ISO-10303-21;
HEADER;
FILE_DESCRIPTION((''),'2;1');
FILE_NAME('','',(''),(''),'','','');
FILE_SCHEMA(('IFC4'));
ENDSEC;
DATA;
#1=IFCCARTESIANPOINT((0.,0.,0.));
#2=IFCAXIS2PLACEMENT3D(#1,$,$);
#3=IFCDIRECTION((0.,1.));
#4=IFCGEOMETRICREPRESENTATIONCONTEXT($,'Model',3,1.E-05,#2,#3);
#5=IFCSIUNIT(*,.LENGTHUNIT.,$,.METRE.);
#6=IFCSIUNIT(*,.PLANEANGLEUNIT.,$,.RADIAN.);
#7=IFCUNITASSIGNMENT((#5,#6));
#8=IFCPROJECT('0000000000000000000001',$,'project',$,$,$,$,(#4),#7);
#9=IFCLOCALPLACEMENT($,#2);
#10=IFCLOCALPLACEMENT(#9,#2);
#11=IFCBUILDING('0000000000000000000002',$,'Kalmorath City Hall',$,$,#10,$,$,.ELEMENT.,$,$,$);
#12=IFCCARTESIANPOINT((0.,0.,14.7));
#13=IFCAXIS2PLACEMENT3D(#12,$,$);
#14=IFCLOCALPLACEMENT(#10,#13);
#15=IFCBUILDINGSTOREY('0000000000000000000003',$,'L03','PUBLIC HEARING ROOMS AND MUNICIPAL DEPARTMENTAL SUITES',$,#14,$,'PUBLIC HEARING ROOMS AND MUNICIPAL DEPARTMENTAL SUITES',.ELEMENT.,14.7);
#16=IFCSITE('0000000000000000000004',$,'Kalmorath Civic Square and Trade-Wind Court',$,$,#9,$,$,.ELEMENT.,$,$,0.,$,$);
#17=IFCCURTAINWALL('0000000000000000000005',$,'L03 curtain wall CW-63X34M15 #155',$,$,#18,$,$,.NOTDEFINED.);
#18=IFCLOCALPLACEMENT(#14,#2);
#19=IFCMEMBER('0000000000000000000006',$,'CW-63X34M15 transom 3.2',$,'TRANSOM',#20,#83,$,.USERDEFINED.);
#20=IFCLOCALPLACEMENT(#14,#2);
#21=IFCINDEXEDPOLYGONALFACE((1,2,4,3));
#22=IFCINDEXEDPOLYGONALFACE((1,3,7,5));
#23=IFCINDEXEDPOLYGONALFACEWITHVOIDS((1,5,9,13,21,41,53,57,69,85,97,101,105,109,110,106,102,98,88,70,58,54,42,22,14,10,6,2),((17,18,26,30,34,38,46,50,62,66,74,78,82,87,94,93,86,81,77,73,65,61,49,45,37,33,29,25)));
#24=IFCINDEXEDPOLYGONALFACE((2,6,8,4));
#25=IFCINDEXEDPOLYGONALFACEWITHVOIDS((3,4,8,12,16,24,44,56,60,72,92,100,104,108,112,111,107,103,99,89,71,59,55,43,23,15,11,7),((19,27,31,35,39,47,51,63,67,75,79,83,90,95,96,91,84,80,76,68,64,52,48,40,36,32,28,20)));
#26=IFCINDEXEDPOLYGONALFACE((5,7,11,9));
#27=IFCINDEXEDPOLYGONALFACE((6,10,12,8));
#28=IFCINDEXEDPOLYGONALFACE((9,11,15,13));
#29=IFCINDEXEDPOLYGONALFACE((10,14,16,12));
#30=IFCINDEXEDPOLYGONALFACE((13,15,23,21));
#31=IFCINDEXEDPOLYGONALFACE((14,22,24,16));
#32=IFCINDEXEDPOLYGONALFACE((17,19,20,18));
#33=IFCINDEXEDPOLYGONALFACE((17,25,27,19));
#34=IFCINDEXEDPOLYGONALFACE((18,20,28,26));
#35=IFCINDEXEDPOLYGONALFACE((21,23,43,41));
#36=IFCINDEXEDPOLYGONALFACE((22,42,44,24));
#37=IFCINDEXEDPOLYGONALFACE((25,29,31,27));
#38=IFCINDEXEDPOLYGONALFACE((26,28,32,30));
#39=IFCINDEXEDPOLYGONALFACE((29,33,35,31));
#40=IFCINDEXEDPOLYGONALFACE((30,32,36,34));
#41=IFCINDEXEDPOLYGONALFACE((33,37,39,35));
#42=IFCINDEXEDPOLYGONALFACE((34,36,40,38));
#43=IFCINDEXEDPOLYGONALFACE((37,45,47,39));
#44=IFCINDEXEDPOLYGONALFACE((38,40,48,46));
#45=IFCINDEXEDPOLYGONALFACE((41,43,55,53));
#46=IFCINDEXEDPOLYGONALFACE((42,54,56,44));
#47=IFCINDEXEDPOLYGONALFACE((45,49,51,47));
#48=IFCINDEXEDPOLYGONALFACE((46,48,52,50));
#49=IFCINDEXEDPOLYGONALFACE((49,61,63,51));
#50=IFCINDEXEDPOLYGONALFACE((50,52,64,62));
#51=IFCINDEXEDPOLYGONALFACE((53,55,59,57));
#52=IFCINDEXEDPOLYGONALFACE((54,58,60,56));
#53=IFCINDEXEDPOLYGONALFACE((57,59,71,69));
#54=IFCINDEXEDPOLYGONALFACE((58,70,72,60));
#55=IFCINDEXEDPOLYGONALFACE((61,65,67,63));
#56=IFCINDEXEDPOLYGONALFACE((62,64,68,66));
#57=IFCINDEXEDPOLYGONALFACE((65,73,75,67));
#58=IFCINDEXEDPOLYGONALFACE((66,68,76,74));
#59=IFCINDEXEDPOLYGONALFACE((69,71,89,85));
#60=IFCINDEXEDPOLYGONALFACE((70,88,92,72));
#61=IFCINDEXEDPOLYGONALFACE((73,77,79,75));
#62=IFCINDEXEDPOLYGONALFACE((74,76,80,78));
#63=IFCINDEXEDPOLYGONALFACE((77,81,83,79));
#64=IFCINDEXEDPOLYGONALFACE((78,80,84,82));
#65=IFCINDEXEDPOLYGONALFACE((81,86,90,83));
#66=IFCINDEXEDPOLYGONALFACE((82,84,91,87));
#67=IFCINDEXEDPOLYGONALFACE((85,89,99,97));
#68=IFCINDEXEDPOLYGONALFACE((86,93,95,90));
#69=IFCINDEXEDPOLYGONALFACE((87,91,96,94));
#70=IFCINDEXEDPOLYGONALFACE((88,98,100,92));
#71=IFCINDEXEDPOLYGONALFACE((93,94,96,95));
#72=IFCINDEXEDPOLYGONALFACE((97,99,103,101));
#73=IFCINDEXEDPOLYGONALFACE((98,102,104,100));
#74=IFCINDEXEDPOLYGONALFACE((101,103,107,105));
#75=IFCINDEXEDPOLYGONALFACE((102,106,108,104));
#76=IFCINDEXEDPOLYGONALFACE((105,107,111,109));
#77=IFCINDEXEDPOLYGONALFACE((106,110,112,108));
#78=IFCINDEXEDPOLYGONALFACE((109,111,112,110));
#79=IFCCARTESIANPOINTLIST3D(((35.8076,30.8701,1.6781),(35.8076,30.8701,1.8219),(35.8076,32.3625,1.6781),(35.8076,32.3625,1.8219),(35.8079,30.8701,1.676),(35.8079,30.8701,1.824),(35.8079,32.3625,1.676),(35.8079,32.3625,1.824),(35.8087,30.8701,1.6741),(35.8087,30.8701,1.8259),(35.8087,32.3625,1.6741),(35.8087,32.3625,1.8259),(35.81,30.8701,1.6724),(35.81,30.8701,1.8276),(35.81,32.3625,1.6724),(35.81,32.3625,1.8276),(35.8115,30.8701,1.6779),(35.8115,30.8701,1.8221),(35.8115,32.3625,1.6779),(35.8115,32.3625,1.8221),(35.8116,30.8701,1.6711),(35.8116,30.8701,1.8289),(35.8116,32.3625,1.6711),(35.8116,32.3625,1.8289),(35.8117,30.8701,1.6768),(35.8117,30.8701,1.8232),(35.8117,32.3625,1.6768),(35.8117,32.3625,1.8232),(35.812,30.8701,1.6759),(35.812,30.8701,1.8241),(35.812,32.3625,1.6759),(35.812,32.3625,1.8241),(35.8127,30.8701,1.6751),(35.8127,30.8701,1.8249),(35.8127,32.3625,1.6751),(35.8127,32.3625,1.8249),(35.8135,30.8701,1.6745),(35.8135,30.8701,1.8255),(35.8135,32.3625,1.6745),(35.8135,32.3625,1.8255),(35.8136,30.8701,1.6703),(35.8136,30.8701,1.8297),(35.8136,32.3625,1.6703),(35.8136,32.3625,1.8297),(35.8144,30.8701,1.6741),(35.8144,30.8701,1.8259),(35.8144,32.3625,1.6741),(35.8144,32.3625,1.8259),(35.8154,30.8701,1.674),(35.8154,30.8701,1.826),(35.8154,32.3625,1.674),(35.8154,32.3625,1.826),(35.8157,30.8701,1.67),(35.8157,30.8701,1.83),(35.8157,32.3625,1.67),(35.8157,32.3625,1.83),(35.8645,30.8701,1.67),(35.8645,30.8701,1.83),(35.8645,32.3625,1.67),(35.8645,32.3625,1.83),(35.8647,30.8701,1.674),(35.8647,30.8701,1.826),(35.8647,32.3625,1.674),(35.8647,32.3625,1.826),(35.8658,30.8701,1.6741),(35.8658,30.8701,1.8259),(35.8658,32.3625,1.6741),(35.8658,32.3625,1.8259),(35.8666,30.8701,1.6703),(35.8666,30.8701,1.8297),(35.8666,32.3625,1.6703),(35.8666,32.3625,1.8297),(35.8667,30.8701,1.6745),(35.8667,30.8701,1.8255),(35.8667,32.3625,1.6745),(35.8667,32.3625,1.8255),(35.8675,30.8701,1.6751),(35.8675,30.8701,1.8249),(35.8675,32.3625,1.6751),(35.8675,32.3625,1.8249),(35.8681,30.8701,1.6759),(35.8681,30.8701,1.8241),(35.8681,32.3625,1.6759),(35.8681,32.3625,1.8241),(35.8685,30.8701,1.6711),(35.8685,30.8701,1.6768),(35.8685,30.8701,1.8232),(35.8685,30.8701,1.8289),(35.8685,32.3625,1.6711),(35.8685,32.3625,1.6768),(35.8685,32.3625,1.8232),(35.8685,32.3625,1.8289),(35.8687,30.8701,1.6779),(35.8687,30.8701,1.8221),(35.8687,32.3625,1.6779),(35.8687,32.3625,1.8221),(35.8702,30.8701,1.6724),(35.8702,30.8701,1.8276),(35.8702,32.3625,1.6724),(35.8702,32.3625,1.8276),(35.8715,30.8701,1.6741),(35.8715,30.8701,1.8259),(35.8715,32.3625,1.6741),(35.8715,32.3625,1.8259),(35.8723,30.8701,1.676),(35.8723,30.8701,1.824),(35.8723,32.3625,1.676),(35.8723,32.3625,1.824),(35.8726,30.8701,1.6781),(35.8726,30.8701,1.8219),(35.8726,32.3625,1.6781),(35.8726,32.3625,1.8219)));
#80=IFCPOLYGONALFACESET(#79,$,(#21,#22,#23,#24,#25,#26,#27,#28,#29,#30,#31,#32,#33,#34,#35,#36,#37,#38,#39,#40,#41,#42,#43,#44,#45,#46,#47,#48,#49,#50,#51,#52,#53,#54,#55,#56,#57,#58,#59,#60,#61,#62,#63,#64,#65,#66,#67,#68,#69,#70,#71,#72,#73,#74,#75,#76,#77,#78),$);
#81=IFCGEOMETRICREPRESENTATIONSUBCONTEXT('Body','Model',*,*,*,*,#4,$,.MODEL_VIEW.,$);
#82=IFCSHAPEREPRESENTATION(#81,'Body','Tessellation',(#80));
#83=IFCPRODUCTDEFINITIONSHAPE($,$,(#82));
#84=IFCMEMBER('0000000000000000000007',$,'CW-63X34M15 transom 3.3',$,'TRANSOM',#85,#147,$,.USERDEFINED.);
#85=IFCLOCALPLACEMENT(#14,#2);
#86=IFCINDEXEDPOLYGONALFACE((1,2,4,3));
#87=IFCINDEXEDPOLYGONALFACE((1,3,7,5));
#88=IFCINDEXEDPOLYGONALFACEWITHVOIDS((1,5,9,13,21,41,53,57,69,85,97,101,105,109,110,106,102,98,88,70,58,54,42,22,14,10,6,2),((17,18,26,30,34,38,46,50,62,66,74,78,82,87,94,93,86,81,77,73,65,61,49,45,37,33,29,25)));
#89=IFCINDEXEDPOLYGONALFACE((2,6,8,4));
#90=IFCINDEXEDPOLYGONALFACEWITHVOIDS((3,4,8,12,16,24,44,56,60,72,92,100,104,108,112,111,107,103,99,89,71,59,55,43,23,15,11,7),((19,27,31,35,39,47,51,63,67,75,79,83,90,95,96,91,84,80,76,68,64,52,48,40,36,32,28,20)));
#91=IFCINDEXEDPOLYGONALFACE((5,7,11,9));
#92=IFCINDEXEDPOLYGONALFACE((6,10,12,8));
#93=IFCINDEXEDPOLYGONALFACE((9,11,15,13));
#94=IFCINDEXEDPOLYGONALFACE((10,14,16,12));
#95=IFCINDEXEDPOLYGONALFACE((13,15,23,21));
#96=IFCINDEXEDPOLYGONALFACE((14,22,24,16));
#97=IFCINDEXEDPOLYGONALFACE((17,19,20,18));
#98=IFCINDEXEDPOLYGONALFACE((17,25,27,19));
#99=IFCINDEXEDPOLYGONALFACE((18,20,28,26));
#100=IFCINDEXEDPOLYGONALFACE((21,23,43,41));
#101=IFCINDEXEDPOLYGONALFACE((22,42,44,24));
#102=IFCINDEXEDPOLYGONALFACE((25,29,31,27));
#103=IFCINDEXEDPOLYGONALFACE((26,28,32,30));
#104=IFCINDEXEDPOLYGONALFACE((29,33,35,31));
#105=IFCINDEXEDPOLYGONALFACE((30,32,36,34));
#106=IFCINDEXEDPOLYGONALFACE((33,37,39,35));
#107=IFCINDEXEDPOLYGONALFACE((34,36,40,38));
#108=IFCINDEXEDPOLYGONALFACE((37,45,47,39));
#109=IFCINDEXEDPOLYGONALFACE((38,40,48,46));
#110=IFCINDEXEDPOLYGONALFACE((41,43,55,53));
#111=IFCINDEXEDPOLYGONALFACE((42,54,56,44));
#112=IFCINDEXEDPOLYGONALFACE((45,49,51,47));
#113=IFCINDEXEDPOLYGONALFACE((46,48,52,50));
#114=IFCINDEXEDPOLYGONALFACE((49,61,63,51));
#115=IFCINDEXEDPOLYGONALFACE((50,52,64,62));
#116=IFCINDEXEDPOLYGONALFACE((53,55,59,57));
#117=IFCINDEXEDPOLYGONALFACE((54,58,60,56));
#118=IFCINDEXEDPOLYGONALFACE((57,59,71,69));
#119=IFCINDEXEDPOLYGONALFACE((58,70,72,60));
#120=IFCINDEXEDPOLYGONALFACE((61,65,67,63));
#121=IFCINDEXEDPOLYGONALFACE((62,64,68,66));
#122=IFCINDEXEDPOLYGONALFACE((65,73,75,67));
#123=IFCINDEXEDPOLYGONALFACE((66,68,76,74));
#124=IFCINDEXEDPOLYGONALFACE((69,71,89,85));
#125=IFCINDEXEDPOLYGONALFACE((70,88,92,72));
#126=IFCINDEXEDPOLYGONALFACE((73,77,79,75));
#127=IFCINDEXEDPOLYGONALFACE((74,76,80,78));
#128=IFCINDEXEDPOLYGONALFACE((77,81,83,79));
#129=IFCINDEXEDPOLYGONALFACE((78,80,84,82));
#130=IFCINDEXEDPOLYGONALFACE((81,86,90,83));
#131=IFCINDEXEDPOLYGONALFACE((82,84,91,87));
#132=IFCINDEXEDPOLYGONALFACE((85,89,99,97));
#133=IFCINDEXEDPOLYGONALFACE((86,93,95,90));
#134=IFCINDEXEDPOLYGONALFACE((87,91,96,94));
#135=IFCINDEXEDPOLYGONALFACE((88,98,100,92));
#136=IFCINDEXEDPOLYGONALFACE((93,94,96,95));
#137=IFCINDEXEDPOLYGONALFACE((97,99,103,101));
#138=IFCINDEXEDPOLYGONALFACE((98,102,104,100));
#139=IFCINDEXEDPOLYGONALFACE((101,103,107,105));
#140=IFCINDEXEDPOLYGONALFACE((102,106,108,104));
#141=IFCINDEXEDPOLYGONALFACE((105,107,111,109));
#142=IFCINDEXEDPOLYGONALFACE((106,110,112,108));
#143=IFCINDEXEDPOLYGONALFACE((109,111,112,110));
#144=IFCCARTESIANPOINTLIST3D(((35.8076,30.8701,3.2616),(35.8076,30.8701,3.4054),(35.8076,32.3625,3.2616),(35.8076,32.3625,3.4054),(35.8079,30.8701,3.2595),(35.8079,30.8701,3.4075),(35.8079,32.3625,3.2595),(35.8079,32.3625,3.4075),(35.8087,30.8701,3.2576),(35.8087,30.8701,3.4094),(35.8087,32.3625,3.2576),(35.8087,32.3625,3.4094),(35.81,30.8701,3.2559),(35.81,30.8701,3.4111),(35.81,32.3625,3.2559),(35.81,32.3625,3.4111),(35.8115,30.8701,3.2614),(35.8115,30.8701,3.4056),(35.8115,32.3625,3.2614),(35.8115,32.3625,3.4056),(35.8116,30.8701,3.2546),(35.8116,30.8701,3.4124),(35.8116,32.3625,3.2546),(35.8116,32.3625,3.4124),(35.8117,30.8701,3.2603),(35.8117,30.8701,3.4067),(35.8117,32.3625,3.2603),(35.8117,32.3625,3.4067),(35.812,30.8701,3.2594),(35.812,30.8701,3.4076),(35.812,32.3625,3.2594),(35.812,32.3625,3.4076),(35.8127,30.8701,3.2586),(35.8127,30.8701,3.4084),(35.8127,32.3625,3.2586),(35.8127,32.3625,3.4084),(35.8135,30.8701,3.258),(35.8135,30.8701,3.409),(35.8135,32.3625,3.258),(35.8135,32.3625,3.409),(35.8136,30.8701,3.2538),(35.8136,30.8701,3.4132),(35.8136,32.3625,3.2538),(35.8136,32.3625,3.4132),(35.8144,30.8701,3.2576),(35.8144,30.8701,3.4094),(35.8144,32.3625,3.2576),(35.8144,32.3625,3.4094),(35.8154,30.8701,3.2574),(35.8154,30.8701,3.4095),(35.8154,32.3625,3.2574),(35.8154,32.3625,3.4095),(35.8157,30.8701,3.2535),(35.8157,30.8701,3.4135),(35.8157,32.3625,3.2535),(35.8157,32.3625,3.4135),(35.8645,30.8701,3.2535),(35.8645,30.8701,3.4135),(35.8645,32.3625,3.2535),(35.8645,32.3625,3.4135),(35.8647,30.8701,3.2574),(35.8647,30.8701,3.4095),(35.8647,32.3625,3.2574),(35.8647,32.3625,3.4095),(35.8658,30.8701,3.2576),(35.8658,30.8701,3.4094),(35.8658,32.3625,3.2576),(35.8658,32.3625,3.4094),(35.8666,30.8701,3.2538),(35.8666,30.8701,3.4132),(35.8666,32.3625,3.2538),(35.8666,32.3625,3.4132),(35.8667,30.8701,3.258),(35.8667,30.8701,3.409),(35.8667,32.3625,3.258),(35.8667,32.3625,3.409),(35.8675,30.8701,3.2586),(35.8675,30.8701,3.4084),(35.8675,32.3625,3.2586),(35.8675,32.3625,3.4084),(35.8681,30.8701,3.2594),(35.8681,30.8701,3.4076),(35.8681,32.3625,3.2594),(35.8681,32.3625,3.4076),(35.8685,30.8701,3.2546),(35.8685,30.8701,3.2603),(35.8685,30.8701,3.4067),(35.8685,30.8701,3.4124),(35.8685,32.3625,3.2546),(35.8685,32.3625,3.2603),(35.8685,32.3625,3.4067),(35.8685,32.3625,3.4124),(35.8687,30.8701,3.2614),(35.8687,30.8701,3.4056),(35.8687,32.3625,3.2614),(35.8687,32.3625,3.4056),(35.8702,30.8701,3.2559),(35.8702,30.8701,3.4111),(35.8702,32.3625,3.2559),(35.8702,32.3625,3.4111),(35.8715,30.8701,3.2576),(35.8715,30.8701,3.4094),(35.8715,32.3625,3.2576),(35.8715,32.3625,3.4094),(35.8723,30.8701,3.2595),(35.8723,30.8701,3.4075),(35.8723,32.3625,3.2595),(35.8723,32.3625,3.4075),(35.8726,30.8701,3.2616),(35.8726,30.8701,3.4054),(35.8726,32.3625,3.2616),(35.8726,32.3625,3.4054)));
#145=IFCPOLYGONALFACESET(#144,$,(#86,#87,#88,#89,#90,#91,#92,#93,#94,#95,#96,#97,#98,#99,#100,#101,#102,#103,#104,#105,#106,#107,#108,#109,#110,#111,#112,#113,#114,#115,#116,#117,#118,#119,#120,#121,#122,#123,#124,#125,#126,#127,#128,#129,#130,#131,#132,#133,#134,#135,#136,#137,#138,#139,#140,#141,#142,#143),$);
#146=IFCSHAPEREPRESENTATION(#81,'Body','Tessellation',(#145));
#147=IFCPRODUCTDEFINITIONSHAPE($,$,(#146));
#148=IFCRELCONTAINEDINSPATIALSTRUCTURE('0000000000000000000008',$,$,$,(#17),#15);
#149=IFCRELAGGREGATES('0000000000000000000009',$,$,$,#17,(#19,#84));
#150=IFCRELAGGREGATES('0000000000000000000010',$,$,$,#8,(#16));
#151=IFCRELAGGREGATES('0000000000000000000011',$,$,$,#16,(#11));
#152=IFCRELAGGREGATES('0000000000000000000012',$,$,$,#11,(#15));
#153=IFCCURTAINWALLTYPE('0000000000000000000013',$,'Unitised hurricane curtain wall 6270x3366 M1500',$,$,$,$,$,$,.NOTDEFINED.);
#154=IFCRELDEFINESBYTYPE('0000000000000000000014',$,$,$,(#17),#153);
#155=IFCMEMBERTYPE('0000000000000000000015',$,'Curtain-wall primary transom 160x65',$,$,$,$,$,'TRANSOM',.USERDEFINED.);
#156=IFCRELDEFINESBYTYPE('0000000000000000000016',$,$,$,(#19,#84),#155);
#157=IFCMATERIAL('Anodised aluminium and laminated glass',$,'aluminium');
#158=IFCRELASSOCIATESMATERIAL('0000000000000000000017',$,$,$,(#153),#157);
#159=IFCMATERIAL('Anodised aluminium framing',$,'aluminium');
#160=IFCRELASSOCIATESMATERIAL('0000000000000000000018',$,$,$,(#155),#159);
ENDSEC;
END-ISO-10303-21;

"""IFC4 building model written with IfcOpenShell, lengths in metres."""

from ifc_helpers import new_model, si_unit, direction, frame, origin, origin_2d, place, context, subcontext, project, spatial, hollow_rectangle, extrude, material, material_profile, profile_set, type_object, element, aggregate, save


model = new_model("IFC4")

# Units and contexts
model_context = context("Model", 3, precision=1e-05, world=origin(), true_north=direction((0.0, 1.0)))
body_context = subcontext(model_context, "Body", "Model", "MODEL_VIEW")
ifc_project = project(units=[si_unit("LENGTHUNIT", "METRE"), si_unit("PLANEANGLEUNIT", "RADIAN")], contexts=[model_context])

# Site, building, storey
site_placement = place(None, origin())
site = spatial("IfcSite", under=ifc_project, at=site_placement, Name="Kalmorath Civic Square and Trade-Wind Court", CompositionType="ELEMENT", RefElevation=0.0)
building_placement = place(site_placement, origin())
building = spatial("IfcBuilding", under=site, at=building_placement, Name="Kalmorath City Hall", CompositionType="ELEMENT")
storey_placement = place(building_placement, frame((0.0, 0.0, 14.7)))
storey = spatial("IfcBuildingStorey", under=building, at=storey_placement, Name="L03", Description="PUBLIC HEARING ROOMS AND MUNICIPAL DEPARTMENTAL SUITES", LongName="PUBLIC HEARING ROOMS AND MUNICIPAL DEPARTMENTAL SUITES", CompositionType="ELEMENT", Elevation=14.7)

# Curtain wall, members
ifc_material_1 = material(Name="Anodised aluminium and laminated glass", Category="aluminium")
curtain_wall_type = type_object("IfcCurtainWallType", Name="Unitised hurricane curtain wall 6270x3366 M1500", PredefinedType="NOTDEFINED", material=ifc_material_1)
curtain_wall_placement = place(storey_placement, origin())
curtain_wall = element("IfcCurtainWall", 1, at=curtain_wall_placement, inside=storey, type_object=curtain_wall_type, Name="L03 curtain wall CW-63X34M15 #155", PredefinedType="NOTDEFINED")
ifc_material_2 = material(Name="Anodised aluminium framing", Category="aluminium")
ifc_material_profile_1 = material_profile(ifc_material_2, hollow_rectangle(XDim=0.0649, YDim=0.1599, WallThickness=0.0039, InnerFilletRadius=0.0039, OuterFilletRadius=0.0081, at=origin_2d()), Name="ALU-TRN-160X65X4")
ifc_profile_set_1 = profile_set([ifc_material_profile_1], Name="Anodised aluminium framing")
member_type_1 = type_object("IfcMemberType", Name="Curtain-wall primary transom 160x65", ElementType="TRANSOM", PredefinedType="USERDEFINED", material=ifc_profile_set_1)
member_1_placement = place(storey_placement, frame((35.8401, 32.3625, 1.75), z_axis=(0.0, -1.0, 0.0), x_axis=(1.0, 0.0, 0.0)))
member_1 = element("IfcMember", 2, at=member_1_placement, type_object=member_type_1, Name="CW-63X34M15 transom 3.2", ObjectType="TRANSOM", PredefinedType="USERDEFINED", context=body_context, shape_type="SweptSolid", body=[
    extrude(hollow_rectangle(XDim=0.0649, YDim=0.1599, WallThickness=0.0039, InnerFilletRadius=0.0039, OuterFilletRadius=0.0081, at=origin_2d()), origin(), (0.0, 0.0, 1.0), 1.4924),
])
member_2_placement = place(storey_placement, frame((35.8401, 32.3625, 3.3335), z_axis=(0.0, -1.0, 0.0), x_axis=(1.0, 0.0, 0.0)))
member_2 = element("IfcMember", 3, at=member_2_placement, type_object=member_type_1, Name="CW-63X34M15 transom 3.3", ObjectType="TRANSOM", PredefinedType="USERDEFINED", context=body_context, shape_type="SweptSolid", body=[
    extrude(hollow_rectangle(XDim=0.0649, YDim=0.1599, WallThickness=0.0039, InnerFilletRadius=0.0039, OuterFilletRadius=0.0081, at=origin_2d()), origin(), (0.0, 0.0, 1.0), 1.4924),
])
aggregate(curtain_wall, [member_1, member_2])

save(model, "model.ifc")
